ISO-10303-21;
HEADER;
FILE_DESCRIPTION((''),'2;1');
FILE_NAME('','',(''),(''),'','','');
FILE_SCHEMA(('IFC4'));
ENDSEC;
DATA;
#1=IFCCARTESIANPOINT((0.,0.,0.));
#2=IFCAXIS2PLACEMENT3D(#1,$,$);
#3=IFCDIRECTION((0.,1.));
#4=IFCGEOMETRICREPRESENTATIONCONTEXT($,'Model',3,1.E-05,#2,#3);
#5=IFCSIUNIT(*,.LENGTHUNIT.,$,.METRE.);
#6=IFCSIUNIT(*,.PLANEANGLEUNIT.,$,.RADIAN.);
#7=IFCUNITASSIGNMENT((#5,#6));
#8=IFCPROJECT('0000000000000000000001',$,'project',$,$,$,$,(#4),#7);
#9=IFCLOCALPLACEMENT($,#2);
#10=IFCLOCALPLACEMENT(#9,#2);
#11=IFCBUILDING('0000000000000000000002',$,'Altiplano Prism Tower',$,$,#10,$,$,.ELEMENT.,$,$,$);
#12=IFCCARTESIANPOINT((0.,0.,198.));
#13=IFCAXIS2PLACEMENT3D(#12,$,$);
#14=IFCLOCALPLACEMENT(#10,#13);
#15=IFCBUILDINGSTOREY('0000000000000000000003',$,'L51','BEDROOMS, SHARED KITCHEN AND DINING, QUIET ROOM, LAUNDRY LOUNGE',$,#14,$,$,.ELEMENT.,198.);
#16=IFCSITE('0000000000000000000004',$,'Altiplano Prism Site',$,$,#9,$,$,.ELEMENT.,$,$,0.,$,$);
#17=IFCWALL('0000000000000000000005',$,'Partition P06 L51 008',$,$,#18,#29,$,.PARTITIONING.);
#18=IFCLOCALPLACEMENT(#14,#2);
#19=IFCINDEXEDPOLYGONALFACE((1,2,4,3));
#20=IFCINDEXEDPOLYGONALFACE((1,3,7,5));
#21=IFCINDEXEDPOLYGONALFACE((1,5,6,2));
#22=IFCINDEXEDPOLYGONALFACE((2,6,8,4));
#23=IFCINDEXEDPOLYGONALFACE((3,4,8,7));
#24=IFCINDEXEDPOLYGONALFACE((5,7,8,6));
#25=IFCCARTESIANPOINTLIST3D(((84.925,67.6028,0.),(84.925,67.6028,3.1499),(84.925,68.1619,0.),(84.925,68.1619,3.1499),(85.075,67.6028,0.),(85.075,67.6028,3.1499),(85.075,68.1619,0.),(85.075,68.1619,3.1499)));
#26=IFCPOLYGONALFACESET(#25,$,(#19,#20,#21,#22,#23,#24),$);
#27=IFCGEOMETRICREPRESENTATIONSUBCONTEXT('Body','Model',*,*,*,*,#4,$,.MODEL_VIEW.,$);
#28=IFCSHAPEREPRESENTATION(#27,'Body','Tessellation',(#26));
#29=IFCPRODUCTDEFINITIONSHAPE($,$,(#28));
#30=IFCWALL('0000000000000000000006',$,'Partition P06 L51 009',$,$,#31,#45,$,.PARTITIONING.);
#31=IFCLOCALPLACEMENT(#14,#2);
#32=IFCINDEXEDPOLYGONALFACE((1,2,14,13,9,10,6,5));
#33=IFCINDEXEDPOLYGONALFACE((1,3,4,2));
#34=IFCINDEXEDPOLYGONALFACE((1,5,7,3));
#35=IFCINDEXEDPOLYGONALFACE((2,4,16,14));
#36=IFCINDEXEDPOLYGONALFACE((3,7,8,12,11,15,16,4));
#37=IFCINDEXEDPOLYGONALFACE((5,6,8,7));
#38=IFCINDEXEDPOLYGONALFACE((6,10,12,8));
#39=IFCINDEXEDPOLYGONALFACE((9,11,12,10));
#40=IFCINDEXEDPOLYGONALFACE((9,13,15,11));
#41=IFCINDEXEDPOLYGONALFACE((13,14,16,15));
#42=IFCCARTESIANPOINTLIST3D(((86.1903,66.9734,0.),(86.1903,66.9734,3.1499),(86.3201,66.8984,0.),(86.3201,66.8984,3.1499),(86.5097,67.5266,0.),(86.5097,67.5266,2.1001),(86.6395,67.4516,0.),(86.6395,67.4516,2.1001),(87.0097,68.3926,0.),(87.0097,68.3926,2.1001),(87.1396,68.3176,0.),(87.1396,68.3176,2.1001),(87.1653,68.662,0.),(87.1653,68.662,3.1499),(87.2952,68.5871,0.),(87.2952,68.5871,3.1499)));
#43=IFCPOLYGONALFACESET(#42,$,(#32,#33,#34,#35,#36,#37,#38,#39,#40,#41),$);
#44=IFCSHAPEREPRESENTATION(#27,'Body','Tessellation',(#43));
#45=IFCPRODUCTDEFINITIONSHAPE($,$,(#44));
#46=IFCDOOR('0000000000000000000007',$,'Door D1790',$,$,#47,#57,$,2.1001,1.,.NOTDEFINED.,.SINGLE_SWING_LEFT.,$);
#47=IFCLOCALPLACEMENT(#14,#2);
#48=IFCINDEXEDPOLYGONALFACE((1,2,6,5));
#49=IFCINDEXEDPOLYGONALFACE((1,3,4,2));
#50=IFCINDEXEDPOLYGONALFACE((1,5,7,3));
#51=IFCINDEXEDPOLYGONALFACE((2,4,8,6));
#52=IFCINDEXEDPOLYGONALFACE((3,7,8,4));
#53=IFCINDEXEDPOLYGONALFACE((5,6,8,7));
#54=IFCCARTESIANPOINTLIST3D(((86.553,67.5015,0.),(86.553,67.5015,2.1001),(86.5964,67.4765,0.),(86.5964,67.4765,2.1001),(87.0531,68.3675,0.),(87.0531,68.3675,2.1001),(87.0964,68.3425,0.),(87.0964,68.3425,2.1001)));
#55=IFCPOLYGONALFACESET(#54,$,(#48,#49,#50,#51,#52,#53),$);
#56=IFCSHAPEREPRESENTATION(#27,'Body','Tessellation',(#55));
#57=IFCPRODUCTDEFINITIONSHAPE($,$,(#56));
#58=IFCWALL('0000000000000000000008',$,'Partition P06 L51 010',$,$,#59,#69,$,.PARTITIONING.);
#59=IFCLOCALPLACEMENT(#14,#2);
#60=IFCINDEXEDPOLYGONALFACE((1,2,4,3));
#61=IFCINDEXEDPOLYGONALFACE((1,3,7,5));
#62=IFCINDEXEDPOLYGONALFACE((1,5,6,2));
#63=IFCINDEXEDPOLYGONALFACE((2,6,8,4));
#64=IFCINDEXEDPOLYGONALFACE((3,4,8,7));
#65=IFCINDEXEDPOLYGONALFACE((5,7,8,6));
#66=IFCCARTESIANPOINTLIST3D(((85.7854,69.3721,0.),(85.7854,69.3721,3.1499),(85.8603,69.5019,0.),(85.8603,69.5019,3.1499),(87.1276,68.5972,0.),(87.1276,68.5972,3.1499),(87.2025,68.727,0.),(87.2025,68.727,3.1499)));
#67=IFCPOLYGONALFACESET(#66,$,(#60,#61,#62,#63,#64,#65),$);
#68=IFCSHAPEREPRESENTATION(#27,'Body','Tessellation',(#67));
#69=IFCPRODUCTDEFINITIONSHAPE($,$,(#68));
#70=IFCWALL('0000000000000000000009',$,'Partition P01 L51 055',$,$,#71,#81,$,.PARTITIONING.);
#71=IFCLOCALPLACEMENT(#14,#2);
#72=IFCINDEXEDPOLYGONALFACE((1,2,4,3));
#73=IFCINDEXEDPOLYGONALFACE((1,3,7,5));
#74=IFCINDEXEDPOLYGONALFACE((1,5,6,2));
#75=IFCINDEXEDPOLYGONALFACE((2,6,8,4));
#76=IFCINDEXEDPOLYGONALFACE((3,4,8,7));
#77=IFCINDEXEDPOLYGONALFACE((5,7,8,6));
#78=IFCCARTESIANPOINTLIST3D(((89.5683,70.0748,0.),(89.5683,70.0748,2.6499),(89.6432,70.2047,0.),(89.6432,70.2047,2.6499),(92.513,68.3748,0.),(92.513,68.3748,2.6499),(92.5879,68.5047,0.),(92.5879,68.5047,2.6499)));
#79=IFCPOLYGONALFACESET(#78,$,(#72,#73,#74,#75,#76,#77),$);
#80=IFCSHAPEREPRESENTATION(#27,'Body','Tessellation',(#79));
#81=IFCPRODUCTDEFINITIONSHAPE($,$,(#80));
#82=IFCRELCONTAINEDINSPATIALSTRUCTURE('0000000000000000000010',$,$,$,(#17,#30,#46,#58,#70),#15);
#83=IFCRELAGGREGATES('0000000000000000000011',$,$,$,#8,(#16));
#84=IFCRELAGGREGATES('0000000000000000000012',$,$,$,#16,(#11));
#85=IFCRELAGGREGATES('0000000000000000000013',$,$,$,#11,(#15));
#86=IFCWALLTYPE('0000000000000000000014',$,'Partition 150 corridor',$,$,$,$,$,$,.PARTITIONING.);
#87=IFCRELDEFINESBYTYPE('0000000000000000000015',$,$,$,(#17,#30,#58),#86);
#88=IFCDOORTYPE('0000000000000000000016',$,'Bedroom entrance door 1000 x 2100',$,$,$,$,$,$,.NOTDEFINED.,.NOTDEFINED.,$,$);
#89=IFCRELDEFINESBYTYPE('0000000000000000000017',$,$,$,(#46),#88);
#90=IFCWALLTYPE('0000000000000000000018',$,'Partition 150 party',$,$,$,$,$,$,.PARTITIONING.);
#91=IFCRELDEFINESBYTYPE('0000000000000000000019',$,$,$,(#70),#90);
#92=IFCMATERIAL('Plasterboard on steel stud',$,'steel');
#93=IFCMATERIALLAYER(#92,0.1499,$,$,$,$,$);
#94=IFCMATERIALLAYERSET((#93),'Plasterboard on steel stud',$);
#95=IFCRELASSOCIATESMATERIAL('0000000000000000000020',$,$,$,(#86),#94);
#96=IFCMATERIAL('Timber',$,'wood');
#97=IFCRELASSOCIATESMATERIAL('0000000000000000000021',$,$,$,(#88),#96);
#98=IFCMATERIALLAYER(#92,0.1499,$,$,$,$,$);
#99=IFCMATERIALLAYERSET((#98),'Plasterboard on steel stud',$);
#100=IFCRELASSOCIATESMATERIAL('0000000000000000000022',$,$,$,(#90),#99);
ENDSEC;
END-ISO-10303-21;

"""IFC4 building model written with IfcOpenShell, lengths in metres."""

from ifc_helpers import new_model, si_unit, direction, frame, frame_2d, origin, place, context, subcontext, project, spatial, rectangle, extrude, material, layer, layer_set, type_object, element, fill, save


model = new_model("IFC4")

# Units and contexts
model_context = context("Model", 3, precision=1e-05, world=origin(), true_north=direction((0.0, 1.0)))
body_context = subcontext(model_context, "Body", "Model", "MODEL_VIEW")
ifc_project = project(units=[si_unit("LENGTHUNIT", "METRE"), si_unit("PLANEANGLEUNIT", "RADIAN")], contexts=[model_context])

# Site, building, storey
site_placement = place(None, origin())
site = spatial("IfcSite", under=ifc_project, at=site_placement, Name="Altiplano Prism Site", CompositionType="ELEMENT", RefElevation=0.0)
building_placement = place(site_placement, origin())
building = spatial("IfcBuilding", under=site, at=building_placement, Name="Altiplano Prism Tower", CompositionType="ELEMENT")
storey_placement = place(building_placement, frame((0.0, 0.0, 198.0)))
storey = spatial("IfcBuildingStorey", under=building, at=storey_placement, Name="L51", Description="BEDROOMS, SHARED KITCHEN AND DINING, QUIET ROOM, LAUNDRY LOUNGE", CompositionType="ELEMENT", Elevation=198.0)

# Wall
ifc_material_1 = material(Name="Plasterboard on steel stud", Category="steel")
ifc_layer_1 = layer(ifc_material_1, 0.1499)
ifc_layer_set_1 = layer_set([ifc_layer_1], Name="Plasterboard on steel stud")
wall_type_1 = type_object("IfcWallType", Name="Partition 150 corridor", PredefinedType="PARTITIONING", material=ifc_layer_set_1)
wall_1_placement = place(storey_placement, frame((85.0, 68.1619, 0.0), z_axis=(0.0, 0.0, 1.0), x_axis=(0.0, -1.0, 0.0)))
element("IfcWall", 1, at=wall_1_placement, inside=storey, type_object=wall_type_1, Name="Partition P06 L51 008", PredefinedType="PARTITIONING", context=body_context, shape_type="SweptSolid", body=[
    extrude(rectangle(XDim=0.5591, YDim=0.1499, at=frame_2d((0.2795, 0.0))), origin(), (0.0, 0.0, 1.0), 3.1499),
])

# Wall, opening, door
wall_2_placement = place(storey_placement, frame((86.2551, 66.9358, 0.0), z_axis=(0.0, 0.0, 1.0), x_axis=(0.500044, 0.866, 0.0)))
wall_2 = element("IfcWall", 2, at=wall_2_placement, inside=storey, type_object=wall_type_1, Name="Partition P06 L51 009", PredefinedType="PARTITIONING", context=body_context, shape_type="SweptSolid", body=[
    extrude(rectangle(XDim=1.95, YDim=0.1499, at=frame_2d((0.9751, 0.0))), origin(), (0.0, 0.0, 1.0), 3.1499),
])
opening_placement = place(wall_2_placement, frame((0.6389, 0.0, 0.0)))
opening = element("IfcOpeningElement", 3, at=opening_placement, cuts=wall_2, PredefinedType="OPENING", context=body_context, shape_type="SweptSolid", body=[
    extrude(rectangle(XDim=1.0, YDim=2.1001, at=frame_2d((0.5, 1.05))), frame((0.0, 0.0854, 0.0), z_axis=(0.0, -1.0, 0.0), x_axis=(1.0, 0.0, 0.0)), (0.0, 0.0, 1.0), 0.1709),
])
ifc_material_2 = material(Name="Timber", Category="wood")
door_type = type_object("IfcDoorType", Name="Bedroom entrance door 1000 x 2100", OperationType="NOTDEFINED", PredefinedType="NOTDEFINED", material=ifc_material_2)
door_placement = place(opening_placement, origin())
door = element("IfcDoor", 4, at=door_placement, inside=storey, type_object=door_type, Name="Door D1790", OperationType="SINGLE_SWING_LEFT", OverallHeight=2.1001, OverallWidth=1.0, PredefinedType="NOTDEFINED", context=body_context, shape_type="SweptSolid", body=[
    extrude(rectangle(XDim=1.0, YDim=2.1001, at=frame_2d((0.5, 1.05))), frame((0.0, 0.0249, 0.0), z_axis=(0.0, -1.0, 0.0), x_axis=(1.0, 0.0, 0.0)), (0.0, 0.0, 1.0), 0.05),
])
fill(opening, door)

# Walls
wall_3_placement = place(storey_placement, frame((87.165, 68.6621, 0.0), z_axis=(0.0, 0.0, 1.0), x_axis=(-0.866044, 0.499968, 0.0)))
element("IfcWall", 5, at=wall_3_placement, inside=storey, type_object=wall_type_1, Name="Partition P06 L51 010", PredefinedType="PARTITIONING", context=body_context, shape_type="SweptSolid", body=[
    extrude(rectangle(XDim=1.5498, YDim=0.1499, at=frame_2d((0.7749, 0.0))), origin(), (0.0, 0.0, 1.0), 3.1499),
])
ifc_layer_2 = layer(ifc_material_1, 0.1499)
ifc_layer_set_2 = layer_set([ifc_layer_2], Name="Plasterboard on steel stud")
wall_type_2 = type_object("IfcWallType", Name="Partition 150 party", PredefinedType="PARTITIONING", material=ifc_layer_set_2)
wall_4_placement = place(storey_placement, frame((92.5505, 68.4397, 0.0), z_axis=(0.0, 0.0, 1.0), x_axis=(-0.866039, 0.499977, 0.0)))
element("IfcWall", 6, at=wall_4_placement, inside=storey, type_object=wall_type_2, Name="Partition P01 L51 055", PredefinedType="PARTITIONING", context=body_context, shape_type="SweptSolid", body=[
    extrude(rectangle(XDim=3.4001, YDim=0.1499, at=frame_2d((1.7002, 0.0))), origin(), (0.0, 0.0, 1.0), 2.6499),
])

save(model, "model.ifc")
